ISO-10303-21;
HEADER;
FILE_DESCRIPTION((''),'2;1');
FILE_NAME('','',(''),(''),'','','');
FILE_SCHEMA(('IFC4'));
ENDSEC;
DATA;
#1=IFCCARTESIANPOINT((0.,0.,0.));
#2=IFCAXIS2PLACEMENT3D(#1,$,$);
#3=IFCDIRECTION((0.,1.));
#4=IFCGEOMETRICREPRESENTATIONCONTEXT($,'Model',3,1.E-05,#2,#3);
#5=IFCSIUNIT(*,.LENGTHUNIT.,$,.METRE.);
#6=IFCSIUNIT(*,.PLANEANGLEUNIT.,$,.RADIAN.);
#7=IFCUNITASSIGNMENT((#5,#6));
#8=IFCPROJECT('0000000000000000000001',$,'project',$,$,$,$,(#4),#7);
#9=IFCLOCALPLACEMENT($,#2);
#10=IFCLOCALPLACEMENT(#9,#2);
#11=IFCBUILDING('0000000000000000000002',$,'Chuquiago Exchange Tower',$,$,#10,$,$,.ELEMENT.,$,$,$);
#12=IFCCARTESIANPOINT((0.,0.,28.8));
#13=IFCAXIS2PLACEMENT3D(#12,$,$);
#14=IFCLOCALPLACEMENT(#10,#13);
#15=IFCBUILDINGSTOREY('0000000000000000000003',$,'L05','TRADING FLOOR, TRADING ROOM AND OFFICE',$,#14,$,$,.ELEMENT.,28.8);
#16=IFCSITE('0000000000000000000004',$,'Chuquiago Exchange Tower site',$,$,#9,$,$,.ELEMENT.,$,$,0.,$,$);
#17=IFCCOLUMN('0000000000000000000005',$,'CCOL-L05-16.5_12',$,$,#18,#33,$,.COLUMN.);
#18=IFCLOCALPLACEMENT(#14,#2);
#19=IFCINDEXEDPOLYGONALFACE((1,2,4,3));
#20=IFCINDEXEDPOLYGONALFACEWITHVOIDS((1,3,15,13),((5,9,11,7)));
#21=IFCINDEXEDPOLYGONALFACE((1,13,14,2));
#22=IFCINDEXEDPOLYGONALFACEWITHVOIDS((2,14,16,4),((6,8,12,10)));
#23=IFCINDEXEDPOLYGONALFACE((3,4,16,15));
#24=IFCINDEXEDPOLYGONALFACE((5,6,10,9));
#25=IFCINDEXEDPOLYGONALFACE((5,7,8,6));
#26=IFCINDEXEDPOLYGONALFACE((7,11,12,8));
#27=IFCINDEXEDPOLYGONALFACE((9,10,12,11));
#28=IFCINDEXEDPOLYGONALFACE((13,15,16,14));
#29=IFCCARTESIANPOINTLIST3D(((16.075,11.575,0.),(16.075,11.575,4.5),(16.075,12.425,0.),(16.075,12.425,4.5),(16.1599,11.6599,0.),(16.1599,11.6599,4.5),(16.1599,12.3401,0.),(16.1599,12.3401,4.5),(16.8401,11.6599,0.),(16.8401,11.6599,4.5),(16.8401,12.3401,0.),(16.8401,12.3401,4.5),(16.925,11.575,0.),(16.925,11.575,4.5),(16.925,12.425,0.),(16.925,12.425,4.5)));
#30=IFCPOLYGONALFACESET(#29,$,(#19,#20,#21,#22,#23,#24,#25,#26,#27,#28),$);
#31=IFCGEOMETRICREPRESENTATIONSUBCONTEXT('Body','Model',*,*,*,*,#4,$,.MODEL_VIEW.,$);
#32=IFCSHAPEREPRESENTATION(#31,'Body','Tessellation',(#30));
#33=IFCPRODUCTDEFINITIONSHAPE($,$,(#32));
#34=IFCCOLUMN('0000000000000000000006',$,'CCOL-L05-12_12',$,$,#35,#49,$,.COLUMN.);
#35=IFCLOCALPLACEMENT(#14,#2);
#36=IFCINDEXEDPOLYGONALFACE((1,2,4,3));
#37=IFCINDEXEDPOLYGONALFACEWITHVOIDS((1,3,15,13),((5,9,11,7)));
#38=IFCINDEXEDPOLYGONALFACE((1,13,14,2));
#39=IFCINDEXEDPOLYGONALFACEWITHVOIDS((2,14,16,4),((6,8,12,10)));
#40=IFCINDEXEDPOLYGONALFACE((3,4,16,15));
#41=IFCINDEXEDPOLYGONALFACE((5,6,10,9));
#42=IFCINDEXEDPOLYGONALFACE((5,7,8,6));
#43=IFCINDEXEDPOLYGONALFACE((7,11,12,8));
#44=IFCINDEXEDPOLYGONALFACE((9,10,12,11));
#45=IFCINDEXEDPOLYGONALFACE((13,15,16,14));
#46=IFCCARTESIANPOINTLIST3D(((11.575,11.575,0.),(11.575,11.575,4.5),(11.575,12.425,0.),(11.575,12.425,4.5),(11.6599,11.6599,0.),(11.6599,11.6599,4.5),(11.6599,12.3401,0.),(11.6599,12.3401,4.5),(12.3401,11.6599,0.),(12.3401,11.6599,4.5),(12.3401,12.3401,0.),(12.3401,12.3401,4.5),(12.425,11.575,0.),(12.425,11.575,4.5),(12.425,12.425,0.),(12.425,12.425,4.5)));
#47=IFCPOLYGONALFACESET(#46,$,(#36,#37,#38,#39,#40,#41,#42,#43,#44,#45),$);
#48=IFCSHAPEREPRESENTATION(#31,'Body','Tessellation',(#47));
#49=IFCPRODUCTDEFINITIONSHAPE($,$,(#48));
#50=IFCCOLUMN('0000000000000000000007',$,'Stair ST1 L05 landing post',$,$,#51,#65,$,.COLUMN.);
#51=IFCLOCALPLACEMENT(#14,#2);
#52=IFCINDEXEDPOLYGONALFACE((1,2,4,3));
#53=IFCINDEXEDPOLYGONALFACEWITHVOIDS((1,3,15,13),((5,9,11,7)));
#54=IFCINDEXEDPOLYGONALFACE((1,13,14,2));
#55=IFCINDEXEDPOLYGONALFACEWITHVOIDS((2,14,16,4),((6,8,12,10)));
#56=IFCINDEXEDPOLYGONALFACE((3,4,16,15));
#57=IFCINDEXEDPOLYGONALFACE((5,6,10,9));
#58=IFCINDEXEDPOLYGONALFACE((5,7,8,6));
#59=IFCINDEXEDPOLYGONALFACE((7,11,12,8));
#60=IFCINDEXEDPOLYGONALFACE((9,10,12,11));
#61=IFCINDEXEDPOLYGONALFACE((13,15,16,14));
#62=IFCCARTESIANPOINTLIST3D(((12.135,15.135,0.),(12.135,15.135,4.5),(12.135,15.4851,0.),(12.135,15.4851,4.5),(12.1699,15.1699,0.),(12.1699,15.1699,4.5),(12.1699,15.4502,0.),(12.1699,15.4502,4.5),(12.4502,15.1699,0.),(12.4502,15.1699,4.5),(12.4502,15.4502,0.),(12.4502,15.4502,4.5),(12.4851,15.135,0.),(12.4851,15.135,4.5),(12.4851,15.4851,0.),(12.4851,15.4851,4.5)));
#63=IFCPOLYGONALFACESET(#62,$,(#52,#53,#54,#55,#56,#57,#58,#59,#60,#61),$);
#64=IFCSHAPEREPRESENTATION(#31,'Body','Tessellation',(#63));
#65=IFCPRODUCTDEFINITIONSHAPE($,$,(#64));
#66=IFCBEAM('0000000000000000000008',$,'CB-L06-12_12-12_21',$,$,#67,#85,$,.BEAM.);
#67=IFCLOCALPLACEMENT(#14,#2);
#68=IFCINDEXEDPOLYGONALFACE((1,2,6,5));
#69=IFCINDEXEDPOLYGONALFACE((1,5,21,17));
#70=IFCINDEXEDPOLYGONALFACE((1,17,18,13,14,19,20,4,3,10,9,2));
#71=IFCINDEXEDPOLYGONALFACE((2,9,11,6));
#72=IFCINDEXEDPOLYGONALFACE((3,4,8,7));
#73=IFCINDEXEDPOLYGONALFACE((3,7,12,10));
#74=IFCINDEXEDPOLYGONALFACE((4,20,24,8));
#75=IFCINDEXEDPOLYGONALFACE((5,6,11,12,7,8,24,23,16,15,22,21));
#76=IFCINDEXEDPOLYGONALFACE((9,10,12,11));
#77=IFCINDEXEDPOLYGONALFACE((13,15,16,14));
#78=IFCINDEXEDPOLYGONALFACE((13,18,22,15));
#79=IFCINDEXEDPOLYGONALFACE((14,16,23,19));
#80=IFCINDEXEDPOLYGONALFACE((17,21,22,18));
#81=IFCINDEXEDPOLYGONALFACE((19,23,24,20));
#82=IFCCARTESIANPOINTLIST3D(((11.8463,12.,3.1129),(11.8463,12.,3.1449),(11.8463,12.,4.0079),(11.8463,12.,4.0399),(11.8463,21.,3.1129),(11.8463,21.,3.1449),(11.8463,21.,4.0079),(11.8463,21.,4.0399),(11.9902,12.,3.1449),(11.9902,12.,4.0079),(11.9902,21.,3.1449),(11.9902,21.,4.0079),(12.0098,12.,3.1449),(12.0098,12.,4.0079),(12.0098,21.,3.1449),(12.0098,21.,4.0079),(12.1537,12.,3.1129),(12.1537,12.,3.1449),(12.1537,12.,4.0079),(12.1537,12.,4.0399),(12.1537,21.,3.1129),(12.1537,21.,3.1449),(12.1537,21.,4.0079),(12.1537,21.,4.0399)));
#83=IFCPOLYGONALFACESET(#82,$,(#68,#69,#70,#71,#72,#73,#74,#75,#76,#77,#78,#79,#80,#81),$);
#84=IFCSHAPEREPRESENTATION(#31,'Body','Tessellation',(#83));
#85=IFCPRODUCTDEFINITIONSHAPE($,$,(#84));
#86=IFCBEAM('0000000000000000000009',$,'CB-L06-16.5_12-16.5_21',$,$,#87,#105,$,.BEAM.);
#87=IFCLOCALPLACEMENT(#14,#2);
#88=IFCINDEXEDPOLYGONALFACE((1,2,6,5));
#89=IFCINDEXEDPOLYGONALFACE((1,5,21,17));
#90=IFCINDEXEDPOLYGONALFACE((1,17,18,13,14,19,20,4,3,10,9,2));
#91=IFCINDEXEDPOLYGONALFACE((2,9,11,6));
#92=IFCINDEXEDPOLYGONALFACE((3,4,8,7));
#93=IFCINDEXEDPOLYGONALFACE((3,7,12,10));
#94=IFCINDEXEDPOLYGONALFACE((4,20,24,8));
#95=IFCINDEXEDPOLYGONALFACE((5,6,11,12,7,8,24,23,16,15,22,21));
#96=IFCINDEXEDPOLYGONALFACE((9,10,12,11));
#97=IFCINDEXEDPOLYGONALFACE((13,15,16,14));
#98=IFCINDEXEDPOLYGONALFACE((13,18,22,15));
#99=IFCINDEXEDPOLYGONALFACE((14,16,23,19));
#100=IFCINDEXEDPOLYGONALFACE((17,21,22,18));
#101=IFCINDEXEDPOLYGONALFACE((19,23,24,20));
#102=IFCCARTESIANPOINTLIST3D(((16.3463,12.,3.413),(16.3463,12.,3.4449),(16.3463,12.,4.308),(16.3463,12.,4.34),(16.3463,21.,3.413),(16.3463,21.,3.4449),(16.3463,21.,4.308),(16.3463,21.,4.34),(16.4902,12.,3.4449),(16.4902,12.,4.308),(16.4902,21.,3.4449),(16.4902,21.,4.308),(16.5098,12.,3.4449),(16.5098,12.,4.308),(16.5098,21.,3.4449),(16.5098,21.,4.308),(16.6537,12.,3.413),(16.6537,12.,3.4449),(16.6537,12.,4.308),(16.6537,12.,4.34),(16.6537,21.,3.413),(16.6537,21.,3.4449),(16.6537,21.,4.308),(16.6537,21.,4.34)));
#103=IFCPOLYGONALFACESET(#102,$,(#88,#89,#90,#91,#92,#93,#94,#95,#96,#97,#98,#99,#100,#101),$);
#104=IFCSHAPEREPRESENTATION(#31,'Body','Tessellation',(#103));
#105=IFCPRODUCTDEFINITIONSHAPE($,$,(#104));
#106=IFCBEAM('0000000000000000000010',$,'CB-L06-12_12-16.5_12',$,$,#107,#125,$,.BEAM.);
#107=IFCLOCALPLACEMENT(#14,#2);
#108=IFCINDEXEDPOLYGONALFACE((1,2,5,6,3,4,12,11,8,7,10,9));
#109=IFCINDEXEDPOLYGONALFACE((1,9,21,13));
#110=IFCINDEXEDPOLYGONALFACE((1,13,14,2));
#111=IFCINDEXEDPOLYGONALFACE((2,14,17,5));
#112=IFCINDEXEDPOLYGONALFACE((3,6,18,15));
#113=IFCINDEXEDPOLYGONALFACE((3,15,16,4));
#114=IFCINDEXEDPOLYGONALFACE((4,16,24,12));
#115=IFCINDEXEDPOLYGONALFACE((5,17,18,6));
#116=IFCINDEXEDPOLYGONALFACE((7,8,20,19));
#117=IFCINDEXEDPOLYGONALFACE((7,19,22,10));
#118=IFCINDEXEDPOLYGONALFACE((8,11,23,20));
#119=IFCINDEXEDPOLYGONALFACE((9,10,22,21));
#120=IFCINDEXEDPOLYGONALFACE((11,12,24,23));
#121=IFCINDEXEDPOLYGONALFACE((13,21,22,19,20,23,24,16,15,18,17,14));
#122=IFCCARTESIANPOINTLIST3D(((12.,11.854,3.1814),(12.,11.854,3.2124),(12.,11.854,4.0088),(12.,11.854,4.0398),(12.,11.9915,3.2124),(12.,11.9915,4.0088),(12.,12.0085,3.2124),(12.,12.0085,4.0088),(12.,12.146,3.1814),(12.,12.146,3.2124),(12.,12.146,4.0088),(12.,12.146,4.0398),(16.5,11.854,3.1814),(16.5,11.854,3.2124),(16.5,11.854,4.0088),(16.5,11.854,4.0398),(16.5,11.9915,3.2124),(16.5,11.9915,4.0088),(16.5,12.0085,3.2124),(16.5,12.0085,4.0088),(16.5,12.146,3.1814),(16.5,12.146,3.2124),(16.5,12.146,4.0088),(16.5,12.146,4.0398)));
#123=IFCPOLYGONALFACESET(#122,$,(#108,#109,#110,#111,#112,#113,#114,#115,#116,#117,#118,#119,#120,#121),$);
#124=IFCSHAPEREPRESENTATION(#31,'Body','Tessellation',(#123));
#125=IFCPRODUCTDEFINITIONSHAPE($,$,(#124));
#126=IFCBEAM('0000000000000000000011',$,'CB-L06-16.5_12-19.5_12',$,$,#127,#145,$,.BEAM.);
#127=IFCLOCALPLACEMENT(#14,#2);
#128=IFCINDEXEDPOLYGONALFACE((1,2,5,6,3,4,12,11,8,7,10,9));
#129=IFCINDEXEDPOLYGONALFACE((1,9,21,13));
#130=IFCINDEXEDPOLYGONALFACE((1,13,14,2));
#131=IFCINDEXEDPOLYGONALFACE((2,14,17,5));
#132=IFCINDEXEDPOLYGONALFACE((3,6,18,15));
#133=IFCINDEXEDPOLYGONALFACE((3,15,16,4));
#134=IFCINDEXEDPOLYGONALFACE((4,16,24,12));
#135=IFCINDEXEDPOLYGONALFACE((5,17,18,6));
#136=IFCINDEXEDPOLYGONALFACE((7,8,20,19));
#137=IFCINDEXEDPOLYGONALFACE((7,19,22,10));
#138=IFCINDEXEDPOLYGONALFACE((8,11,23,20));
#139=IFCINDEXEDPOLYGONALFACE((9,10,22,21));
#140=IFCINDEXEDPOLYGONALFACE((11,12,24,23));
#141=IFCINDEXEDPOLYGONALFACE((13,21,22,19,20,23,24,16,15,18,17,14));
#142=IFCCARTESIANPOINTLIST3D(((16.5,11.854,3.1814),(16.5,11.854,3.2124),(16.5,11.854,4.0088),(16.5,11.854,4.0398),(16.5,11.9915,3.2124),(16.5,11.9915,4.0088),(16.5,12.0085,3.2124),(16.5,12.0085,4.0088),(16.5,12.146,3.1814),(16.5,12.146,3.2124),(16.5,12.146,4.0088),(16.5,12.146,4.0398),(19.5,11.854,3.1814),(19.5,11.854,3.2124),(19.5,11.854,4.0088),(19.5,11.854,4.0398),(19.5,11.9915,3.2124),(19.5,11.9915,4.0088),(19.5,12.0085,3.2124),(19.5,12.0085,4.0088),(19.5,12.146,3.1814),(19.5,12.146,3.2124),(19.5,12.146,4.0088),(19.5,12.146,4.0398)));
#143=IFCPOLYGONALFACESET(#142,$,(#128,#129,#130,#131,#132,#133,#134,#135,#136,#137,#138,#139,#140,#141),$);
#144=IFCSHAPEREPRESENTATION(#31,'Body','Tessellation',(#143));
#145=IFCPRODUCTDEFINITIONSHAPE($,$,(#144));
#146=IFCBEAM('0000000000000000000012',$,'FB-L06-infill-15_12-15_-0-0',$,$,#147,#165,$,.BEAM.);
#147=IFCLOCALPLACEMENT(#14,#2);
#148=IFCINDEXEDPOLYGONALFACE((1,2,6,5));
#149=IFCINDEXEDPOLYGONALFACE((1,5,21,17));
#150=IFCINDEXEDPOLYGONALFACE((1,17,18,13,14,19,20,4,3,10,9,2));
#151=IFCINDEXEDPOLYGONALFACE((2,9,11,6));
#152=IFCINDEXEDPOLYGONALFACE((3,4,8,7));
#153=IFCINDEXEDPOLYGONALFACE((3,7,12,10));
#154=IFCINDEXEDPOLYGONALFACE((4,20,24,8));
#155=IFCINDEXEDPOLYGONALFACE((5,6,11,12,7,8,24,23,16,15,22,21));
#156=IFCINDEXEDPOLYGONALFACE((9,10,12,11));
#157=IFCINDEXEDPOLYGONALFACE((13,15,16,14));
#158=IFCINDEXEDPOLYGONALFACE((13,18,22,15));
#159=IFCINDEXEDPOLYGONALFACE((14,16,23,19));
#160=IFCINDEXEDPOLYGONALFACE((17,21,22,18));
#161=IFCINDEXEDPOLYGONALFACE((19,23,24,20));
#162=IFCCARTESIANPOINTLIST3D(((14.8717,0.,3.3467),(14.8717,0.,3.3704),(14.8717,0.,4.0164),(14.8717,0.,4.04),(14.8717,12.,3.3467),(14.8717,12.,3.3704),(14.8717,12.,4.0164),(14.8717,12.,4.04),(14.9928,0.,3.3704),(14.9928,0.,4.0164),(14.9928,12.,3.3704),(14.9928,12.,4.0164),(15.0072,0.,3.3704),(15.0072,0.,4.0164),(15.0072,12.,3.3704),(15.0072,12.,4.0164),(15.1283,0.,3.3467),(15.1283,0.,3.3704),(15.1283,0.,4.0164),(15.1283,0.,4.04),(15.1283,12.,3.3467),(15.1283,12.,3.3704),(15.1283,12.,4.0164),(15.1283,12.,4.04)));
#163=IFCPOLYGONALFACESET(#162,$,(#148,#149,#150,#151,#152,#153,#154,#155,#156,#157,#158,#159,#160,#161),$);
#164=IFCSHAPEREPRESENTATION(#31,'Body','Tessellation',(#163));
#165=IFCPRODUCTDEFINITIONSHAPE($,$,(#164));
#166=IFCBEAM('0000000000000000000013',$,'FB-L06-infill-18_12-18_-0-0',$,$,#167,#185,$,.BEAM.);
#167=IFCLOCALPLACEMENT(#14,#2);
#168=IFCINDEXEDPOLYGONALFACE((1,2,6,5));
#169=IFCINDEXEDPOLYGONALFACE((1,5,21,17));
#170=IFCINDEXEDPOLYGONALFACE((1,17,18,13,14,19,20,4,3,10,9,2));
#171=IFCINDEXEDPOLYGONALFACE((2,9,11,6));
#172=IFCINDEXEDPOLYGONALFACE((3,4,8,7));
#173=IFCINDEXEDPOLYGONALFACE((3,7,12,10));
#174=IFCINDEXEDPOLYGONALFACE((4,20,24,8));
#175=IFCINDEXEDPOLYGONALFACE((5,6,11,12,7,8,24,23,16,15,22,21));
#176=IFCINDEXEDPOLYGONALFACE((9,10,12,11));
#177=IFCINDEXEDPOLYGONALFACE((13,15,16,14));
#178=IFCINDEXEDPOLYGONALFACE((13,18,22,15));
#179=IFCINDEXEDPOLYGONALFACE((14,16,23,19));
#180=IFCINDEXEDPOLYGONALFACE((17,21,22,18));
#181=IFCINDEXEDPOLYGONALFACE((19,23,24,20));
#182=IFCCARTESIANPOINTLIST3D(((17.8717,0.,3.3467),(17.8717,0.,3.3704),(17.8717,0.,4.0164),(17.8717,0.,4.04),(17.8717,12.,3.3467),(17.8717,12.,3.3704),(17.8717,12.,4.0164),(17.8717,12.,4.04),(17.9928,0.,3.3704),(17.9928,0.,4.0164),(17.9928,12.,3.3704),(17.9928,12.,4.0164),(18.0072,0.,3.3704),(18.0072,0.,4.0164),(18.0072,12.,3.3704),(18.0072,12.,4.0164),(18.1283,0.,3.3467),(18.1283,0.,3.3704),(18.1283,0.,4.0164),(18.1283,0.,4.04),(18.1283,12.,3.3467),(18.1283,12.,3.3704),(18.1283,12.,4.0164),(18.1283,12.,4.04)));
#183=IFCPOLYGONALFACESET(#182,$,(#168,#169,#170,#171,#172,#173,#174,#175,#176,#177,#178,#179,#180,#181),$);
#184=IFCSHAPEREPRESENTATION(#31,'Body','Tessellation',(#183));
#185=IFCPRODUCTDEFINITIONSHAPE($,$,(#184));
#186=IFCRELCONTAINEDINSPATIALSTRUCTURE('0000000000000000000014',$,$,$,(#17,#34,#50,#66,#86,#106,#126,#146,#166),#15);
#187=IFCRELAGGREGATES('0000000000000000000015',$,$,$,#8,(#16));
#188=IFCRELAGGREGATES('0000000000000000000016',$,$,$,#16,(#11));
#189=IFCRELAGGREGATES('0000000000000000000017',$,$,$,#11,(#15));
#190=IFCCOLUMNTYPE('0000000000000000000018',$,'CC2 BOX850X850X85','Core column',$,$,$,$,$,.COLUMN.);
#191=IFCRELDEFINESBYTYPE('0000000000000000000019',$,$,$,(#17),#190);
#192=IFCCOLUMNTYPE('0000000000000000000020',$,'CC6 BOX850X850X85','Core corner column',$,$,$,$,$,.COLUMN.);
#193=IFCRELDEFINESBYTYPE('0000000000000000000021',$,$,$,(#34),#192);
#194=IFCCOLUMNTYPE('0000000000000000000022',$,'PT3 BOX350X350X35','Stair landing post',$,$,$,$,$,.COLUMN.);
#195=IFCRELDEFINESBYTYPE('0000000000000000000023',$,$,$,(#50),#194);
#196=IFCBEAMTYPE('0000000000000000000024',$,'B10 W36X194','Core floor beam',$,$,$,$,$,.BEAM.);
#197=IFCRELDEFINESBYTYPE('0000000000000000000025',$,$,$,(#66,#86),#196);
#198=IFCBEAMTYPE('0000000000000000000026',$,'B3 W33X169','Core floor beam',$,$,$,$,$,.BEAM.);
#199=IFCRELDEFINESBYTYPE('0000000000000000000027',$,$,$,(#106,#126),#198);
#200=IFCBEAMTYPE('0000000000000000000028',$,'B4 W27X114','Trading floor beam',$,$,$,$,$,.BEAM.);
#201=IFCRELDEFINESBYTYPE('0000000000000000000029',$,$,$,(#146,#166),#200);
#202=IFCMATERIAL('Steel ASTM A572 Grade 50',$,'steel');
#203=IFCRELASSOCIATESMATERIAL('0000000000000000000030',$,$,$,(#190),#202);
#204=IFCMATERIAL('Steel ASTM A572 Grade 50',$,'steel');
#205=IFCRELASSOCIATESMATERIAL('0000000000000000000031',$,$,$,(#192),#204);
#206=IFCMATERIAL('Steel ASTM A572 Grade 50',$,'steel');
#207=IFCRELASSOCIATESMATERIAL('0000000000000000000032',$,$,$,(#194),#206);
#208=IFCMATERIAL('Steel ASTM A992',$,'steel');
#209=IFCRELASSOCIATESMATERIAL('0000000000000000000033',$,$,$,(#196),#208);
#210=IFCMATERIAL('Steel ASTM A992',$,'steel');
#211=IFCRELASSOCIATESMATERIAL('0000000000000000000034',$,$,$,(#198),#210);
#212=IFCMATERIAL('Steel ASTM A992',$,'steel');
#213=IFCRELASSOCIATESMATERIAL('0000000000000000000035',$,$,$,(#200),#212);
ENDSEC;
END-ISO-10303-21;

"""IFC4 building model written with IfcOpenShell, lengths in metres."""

from ifc_helpers import new_model, si_unit, direction, frame, origin, origin_2d, place, context, subcontext, project, spatial, hollow_rectangle, i_section, extrude, material, material_profile, profile_set, type_object, element, save


model = new_model("IFC4")

# Units and contexts
model_context = context("Model", 3, precision=1e-05, world=origin(), true_north=direction((0.0, 1.0)))
body_context = subcontext(model_context, "Body", "Model", "MODEL_VIEW")
ifc_project = project(units=[si_unit("LENGTHUNIT", "METRE"), si_unit("PLANEANGLEUNIT", "RADIAN")], contexts=[model_context])

# Site, building, storey
site_placement = place(None, origin())
site = spatial("IfcSite", under=ifc_project, at=site_placement, Name="Chuquiago Exchange Tower site", CompositionType="ELEMENT", RefElevation=0.0)
building_placement = place(site_placement, origin())
building = spatial("IfcBuilding", under=site, at=building_placement, Name="Chuquiago Exchange Tower", CompositionType="ELEMENT")
storey_placement = place(building_placement, frame((0.0, 0.0, 28.8)))
storey = spatial("IfcBuildingStorey", under=building, at=storey_placement, Name="L05", Description="TRADING FLOOR, TRADING ROOM AND OFFICE", CompositionType="ELEMENT", Elevation=28.8)

# Columns
ifc_material_1 = material(Name="Steel ASTM A572 Grade 50", Category="steel")
ifc_material_profile_1 = material_profile(ifc_material_1, hollow_rectangle(XDim=0.8501, YDim=0.8501, WallThickness=0.085, at=origin_2d()), Name="BOX850X850X85")
ifc_profile_set_1 = profile_set([ifc_material_profile_1], Name="Steel ASTM A572 Grade 50")
column_type_1 = type_object("IfcColumnType", Name="CC2 BOX850X850X85", Description="Core column", PredefinedType="COLUMN", material=ifc_profile_set_1)
column_1_placement = place(storey_placement, frame((16.5, 12.0, 0.0), z_axis=(0.0, 0.0, 1.0), x_axis=(1.0, 0.0, 0.0)))
element("IfcColumn", 1, at=column_1_placement, inside=storey, type_object=column_type_1, Name="CCOL-L05-16.5_12", PredefinedType="COLUMN", context=body_context, shape_type="SweptSolid", body=[
    extrude(hollow_rectangle(XDim=0.8501, YDim=0.8501, WallThickness=0.085, at=origin_2d()), origin(), (0.0, 0.0, 1.0), 4.5),
])
ifc_material_2 = material(Name="Steel ASTM A572 Grade 50", Category="steel")
ifc_material_profile_2 = material_profile(ifc_material_2, hollow_rectangle(XDim=0.8501, YDim=0.8501, WallThickness=0.085, at=origin_2d()), Name="BOX850X850X85")
ifc_profile_set_2 = profile_set([ifc_material_profile_2], Name="Steel ASTM A572 Grade 50")
column_type_2 = type_object("IfcColumnType", Name="CC6 BOX850X850X85", Description="Core corner column", PredefinedType="COLUMN", material=ifc_profile_set_2)
column_2_placement = place(storey_placement, frame((12.0, 12.0, 0.0), z_axis=(0.0, 0.0, 1.0), x_axis=(1.0, 0.0, 0.0)))
element("IfcColumn", 2, at=column_2_placement, inside=storey, type_object=column_type_2, Name="CCOL-L05-12_12", PredefinedType="COLUMN", context=body_context, shape_type="SweptSolid", body=[
    extrude(hollow_rectangle(XDim=0.8501, YDim=0.8501, WallThickness=0.085, at=origin_2d()), origin(), (0.0, 0.0, 1.0), 4.5),
])
ifc_material_3 = material(Name="Steel ASTM A572 Grade 50", Category="steel")
ifc_material_profile_3 = material_profile(ifc_material_3, hollow_rectangle(XDim=0.3501, YDim=0.3501, WallThickness=0.0349, at=origin_2d()), Name="BOX350X350X35")
ifc_profile_set_3 = profile_set([ifc_material_profile_3], Name="Steel ASTM A572 Grade 50")
column_type_3 = type_object("IfcColumnType", Name="PT3 BOX350X350X35", Description="Stair landing post", PredefinedType="COLUMN", material=ifc_profile_set_3)
column_3_placement = place(storey_placement, frame((12.3101, 15.3101, 0.0), z_axis=(0.0, 0.0, 1.0), x_axis=(1.0, 0.0, 0.0)))
element("IfcColumn", 3, at=column_3_placement, inside=storey, type_object=column_type_3, Name="Stair ST1 L05 landing post", PredefinedType="COLUMN", context=body_context, shape_type="SweptSolid", body=[
    extrude(hollow_rectangle(XDim=0.3501, YDim=0.3501, WallThickness=0.0349, at=origin_2d()), origin(), (0.0, 0.0, 1.0), 4.5),
])

# Beams
ifc_material_4 = material(Name="Steel ASTM A992", Category="steel")
ifc_material_profile_4 = material_profile(ifc_material_4, i_section(OverallWidth=0.3074, OverallDepth=0.927, WebThickness=0.0195, FlangeThickness=0.032, at=origin_2d()), Name="W36X194")
ifc_profile_set_4 = profile_set([ifc_material_profile_4], Name="Steel ASTM A992")
beam_type_1 = type_object("IfcBeamType", Name="B10 W36X194", Description="Core floor beam", PredefinedType="BEAM", material=ifc_profile_set_4)
for number, where, z_axis, x_axis, name in (
    (4, (12.0, 12.0, 3.5764), (0.0, 1.0, 0.0), (-1.0, 0.0, 0.0), "CB-L06-12_12-12_21"),
    (5, (16.5, 12.0, 3.8765), (0.0, 1.0, 0.0), (-1.0, 0.0, 0.0), "CB-L06-16.5_12-16.5_21"),
):
    element("IfcBeam", number, at=place(storey_placement, frame(where, z_axis=z_axis, x_axis=x_axis)), inside=storey, type_object=beam_type_1, Name=name, PredefinedType="BEAM", context=body_context, shape_type="SweptSolid", body=[
        extrude(i_section(OverallWidth=0.3074, OverallDepth=0.927, WebThickness=0.0195, FlangeThickness=0.032, at=origin_2d()), origin(), (0.0, 0.0, 1.0), 9.0),
    ])
ifc_material_5 = material(Name="Steel ASTM A992", Category="steel")
ifc_material_profile_5 = material_profile(ifc_material_5, i_section(OverallWidth=0.292, OverallDepth=0.8584, WebThickness=0.0171, FlangeThickness=0.031, at=origin_2d()), Name="W33X169")
ifc_profile_set_5 = profile_set([ifc_material_profile_5], Name="Steel ASTM A992")
beam_type_2 = type_object("IfcBeamType", Name="B3 W33X169", Description="Core floor beam", PredefinedType="BEAM", material=ifc_profile_set_5)
beam_1_placement = place(storey_placement, frame((12.0, 12.0, 3.6106), z_axis=(1.0, 0.0, 0.0), x_axis=(0.0, 1.0, 0.0)))
element("IfcBeam", 6, at=beam_1_placement, inside=storey, type_object=beam_type_2, Name="CB-L06-12_12-16.5_12", PredefinedType="BEAM", context=body_context, shape_type="SweptSolid", body=[
    extrude(i_section(OverallWidth=0.292, OverallDepth=0.8584, WebThickness=0.0171, FlangeThickness=0.031, at=origin_2d()), origin(), (0.0, 0.0, 1.0), 4.5),
])
beam_2_placement = place(storey_placement, frame((16.5, 12.0, 3.6106), z_axis=(1.0, 0.0, 0.0), x_axis=(0.0, 1.0, 0.0)))
element("IfcBeam", 7, at=beam_2_placement, inside=storey, type_object=beam_type_2, Name="CB-L06-16.5_12-19.5_12", PredefinedType="BEAM", context=body_context, shape_type="SweptSolid", body=[
    extrude(i_section(OverallWidth=0.292, OverallDepth=0.8584, WebThickness=0.0171, FlangeThickness=0.031, at=origin_2d()), origin(), (0.0, 0.0, 1.0), 3.0),
])
ifc_material_6 = material(Name="Steel ASTM A992", Category="steel")
ifc_material_profile_6 = material_profile(ifc_material_6, i_section(OverallWidth=0.2566, OverallDepth=0.6934, WebThickness=0.0144, FlangeThickness=0.0237, at=origin_2d()), Name="W27X114")
ifc_profile_set_6 = profile_set([ifc_material_profile_6], Name="Steel ASTM A992")
beam_type_3 = type_object("IfcBeamType", Name="B4 W27X114", Description="Trading floor beam", PredefinedType="BEAM", material=ifc_profile_set_6)
for number, where, z_axis, x_axis, name in (
    (8, (15.0, 12.0, 3.6934), (0.0, -1.0, 0.0), (1.0, 0.0, 0.0), "FB-L06-infill-15_12-15_-0-0"),
    (9, (18.0, 12.0, 3.6934), (0.0, -1.0, 0.0), (1.0, 0.0, 0.0), "FB-L06-infill-18_12-18_-0-0"),
):
    element("IfcBeam", number, at=place(storey_placement, frame(where, z_axis=z_axis, x_axis=x_axis)), inside=storey, type_object=beam_type_3, Name=name, PredefinedType="BEAM", context=body_context, shape_type="SweptSolid", body=[
        extrude(i_section(OverallWidth=0.2566, OverallDepth=0.6934, WebThickness=0.0144, FlangeThickness=0.0237, at=origin_2d()), origin(), (0.0, 0.0, 1.0), 12.0),
    ])

save(model, "model.ifc")
